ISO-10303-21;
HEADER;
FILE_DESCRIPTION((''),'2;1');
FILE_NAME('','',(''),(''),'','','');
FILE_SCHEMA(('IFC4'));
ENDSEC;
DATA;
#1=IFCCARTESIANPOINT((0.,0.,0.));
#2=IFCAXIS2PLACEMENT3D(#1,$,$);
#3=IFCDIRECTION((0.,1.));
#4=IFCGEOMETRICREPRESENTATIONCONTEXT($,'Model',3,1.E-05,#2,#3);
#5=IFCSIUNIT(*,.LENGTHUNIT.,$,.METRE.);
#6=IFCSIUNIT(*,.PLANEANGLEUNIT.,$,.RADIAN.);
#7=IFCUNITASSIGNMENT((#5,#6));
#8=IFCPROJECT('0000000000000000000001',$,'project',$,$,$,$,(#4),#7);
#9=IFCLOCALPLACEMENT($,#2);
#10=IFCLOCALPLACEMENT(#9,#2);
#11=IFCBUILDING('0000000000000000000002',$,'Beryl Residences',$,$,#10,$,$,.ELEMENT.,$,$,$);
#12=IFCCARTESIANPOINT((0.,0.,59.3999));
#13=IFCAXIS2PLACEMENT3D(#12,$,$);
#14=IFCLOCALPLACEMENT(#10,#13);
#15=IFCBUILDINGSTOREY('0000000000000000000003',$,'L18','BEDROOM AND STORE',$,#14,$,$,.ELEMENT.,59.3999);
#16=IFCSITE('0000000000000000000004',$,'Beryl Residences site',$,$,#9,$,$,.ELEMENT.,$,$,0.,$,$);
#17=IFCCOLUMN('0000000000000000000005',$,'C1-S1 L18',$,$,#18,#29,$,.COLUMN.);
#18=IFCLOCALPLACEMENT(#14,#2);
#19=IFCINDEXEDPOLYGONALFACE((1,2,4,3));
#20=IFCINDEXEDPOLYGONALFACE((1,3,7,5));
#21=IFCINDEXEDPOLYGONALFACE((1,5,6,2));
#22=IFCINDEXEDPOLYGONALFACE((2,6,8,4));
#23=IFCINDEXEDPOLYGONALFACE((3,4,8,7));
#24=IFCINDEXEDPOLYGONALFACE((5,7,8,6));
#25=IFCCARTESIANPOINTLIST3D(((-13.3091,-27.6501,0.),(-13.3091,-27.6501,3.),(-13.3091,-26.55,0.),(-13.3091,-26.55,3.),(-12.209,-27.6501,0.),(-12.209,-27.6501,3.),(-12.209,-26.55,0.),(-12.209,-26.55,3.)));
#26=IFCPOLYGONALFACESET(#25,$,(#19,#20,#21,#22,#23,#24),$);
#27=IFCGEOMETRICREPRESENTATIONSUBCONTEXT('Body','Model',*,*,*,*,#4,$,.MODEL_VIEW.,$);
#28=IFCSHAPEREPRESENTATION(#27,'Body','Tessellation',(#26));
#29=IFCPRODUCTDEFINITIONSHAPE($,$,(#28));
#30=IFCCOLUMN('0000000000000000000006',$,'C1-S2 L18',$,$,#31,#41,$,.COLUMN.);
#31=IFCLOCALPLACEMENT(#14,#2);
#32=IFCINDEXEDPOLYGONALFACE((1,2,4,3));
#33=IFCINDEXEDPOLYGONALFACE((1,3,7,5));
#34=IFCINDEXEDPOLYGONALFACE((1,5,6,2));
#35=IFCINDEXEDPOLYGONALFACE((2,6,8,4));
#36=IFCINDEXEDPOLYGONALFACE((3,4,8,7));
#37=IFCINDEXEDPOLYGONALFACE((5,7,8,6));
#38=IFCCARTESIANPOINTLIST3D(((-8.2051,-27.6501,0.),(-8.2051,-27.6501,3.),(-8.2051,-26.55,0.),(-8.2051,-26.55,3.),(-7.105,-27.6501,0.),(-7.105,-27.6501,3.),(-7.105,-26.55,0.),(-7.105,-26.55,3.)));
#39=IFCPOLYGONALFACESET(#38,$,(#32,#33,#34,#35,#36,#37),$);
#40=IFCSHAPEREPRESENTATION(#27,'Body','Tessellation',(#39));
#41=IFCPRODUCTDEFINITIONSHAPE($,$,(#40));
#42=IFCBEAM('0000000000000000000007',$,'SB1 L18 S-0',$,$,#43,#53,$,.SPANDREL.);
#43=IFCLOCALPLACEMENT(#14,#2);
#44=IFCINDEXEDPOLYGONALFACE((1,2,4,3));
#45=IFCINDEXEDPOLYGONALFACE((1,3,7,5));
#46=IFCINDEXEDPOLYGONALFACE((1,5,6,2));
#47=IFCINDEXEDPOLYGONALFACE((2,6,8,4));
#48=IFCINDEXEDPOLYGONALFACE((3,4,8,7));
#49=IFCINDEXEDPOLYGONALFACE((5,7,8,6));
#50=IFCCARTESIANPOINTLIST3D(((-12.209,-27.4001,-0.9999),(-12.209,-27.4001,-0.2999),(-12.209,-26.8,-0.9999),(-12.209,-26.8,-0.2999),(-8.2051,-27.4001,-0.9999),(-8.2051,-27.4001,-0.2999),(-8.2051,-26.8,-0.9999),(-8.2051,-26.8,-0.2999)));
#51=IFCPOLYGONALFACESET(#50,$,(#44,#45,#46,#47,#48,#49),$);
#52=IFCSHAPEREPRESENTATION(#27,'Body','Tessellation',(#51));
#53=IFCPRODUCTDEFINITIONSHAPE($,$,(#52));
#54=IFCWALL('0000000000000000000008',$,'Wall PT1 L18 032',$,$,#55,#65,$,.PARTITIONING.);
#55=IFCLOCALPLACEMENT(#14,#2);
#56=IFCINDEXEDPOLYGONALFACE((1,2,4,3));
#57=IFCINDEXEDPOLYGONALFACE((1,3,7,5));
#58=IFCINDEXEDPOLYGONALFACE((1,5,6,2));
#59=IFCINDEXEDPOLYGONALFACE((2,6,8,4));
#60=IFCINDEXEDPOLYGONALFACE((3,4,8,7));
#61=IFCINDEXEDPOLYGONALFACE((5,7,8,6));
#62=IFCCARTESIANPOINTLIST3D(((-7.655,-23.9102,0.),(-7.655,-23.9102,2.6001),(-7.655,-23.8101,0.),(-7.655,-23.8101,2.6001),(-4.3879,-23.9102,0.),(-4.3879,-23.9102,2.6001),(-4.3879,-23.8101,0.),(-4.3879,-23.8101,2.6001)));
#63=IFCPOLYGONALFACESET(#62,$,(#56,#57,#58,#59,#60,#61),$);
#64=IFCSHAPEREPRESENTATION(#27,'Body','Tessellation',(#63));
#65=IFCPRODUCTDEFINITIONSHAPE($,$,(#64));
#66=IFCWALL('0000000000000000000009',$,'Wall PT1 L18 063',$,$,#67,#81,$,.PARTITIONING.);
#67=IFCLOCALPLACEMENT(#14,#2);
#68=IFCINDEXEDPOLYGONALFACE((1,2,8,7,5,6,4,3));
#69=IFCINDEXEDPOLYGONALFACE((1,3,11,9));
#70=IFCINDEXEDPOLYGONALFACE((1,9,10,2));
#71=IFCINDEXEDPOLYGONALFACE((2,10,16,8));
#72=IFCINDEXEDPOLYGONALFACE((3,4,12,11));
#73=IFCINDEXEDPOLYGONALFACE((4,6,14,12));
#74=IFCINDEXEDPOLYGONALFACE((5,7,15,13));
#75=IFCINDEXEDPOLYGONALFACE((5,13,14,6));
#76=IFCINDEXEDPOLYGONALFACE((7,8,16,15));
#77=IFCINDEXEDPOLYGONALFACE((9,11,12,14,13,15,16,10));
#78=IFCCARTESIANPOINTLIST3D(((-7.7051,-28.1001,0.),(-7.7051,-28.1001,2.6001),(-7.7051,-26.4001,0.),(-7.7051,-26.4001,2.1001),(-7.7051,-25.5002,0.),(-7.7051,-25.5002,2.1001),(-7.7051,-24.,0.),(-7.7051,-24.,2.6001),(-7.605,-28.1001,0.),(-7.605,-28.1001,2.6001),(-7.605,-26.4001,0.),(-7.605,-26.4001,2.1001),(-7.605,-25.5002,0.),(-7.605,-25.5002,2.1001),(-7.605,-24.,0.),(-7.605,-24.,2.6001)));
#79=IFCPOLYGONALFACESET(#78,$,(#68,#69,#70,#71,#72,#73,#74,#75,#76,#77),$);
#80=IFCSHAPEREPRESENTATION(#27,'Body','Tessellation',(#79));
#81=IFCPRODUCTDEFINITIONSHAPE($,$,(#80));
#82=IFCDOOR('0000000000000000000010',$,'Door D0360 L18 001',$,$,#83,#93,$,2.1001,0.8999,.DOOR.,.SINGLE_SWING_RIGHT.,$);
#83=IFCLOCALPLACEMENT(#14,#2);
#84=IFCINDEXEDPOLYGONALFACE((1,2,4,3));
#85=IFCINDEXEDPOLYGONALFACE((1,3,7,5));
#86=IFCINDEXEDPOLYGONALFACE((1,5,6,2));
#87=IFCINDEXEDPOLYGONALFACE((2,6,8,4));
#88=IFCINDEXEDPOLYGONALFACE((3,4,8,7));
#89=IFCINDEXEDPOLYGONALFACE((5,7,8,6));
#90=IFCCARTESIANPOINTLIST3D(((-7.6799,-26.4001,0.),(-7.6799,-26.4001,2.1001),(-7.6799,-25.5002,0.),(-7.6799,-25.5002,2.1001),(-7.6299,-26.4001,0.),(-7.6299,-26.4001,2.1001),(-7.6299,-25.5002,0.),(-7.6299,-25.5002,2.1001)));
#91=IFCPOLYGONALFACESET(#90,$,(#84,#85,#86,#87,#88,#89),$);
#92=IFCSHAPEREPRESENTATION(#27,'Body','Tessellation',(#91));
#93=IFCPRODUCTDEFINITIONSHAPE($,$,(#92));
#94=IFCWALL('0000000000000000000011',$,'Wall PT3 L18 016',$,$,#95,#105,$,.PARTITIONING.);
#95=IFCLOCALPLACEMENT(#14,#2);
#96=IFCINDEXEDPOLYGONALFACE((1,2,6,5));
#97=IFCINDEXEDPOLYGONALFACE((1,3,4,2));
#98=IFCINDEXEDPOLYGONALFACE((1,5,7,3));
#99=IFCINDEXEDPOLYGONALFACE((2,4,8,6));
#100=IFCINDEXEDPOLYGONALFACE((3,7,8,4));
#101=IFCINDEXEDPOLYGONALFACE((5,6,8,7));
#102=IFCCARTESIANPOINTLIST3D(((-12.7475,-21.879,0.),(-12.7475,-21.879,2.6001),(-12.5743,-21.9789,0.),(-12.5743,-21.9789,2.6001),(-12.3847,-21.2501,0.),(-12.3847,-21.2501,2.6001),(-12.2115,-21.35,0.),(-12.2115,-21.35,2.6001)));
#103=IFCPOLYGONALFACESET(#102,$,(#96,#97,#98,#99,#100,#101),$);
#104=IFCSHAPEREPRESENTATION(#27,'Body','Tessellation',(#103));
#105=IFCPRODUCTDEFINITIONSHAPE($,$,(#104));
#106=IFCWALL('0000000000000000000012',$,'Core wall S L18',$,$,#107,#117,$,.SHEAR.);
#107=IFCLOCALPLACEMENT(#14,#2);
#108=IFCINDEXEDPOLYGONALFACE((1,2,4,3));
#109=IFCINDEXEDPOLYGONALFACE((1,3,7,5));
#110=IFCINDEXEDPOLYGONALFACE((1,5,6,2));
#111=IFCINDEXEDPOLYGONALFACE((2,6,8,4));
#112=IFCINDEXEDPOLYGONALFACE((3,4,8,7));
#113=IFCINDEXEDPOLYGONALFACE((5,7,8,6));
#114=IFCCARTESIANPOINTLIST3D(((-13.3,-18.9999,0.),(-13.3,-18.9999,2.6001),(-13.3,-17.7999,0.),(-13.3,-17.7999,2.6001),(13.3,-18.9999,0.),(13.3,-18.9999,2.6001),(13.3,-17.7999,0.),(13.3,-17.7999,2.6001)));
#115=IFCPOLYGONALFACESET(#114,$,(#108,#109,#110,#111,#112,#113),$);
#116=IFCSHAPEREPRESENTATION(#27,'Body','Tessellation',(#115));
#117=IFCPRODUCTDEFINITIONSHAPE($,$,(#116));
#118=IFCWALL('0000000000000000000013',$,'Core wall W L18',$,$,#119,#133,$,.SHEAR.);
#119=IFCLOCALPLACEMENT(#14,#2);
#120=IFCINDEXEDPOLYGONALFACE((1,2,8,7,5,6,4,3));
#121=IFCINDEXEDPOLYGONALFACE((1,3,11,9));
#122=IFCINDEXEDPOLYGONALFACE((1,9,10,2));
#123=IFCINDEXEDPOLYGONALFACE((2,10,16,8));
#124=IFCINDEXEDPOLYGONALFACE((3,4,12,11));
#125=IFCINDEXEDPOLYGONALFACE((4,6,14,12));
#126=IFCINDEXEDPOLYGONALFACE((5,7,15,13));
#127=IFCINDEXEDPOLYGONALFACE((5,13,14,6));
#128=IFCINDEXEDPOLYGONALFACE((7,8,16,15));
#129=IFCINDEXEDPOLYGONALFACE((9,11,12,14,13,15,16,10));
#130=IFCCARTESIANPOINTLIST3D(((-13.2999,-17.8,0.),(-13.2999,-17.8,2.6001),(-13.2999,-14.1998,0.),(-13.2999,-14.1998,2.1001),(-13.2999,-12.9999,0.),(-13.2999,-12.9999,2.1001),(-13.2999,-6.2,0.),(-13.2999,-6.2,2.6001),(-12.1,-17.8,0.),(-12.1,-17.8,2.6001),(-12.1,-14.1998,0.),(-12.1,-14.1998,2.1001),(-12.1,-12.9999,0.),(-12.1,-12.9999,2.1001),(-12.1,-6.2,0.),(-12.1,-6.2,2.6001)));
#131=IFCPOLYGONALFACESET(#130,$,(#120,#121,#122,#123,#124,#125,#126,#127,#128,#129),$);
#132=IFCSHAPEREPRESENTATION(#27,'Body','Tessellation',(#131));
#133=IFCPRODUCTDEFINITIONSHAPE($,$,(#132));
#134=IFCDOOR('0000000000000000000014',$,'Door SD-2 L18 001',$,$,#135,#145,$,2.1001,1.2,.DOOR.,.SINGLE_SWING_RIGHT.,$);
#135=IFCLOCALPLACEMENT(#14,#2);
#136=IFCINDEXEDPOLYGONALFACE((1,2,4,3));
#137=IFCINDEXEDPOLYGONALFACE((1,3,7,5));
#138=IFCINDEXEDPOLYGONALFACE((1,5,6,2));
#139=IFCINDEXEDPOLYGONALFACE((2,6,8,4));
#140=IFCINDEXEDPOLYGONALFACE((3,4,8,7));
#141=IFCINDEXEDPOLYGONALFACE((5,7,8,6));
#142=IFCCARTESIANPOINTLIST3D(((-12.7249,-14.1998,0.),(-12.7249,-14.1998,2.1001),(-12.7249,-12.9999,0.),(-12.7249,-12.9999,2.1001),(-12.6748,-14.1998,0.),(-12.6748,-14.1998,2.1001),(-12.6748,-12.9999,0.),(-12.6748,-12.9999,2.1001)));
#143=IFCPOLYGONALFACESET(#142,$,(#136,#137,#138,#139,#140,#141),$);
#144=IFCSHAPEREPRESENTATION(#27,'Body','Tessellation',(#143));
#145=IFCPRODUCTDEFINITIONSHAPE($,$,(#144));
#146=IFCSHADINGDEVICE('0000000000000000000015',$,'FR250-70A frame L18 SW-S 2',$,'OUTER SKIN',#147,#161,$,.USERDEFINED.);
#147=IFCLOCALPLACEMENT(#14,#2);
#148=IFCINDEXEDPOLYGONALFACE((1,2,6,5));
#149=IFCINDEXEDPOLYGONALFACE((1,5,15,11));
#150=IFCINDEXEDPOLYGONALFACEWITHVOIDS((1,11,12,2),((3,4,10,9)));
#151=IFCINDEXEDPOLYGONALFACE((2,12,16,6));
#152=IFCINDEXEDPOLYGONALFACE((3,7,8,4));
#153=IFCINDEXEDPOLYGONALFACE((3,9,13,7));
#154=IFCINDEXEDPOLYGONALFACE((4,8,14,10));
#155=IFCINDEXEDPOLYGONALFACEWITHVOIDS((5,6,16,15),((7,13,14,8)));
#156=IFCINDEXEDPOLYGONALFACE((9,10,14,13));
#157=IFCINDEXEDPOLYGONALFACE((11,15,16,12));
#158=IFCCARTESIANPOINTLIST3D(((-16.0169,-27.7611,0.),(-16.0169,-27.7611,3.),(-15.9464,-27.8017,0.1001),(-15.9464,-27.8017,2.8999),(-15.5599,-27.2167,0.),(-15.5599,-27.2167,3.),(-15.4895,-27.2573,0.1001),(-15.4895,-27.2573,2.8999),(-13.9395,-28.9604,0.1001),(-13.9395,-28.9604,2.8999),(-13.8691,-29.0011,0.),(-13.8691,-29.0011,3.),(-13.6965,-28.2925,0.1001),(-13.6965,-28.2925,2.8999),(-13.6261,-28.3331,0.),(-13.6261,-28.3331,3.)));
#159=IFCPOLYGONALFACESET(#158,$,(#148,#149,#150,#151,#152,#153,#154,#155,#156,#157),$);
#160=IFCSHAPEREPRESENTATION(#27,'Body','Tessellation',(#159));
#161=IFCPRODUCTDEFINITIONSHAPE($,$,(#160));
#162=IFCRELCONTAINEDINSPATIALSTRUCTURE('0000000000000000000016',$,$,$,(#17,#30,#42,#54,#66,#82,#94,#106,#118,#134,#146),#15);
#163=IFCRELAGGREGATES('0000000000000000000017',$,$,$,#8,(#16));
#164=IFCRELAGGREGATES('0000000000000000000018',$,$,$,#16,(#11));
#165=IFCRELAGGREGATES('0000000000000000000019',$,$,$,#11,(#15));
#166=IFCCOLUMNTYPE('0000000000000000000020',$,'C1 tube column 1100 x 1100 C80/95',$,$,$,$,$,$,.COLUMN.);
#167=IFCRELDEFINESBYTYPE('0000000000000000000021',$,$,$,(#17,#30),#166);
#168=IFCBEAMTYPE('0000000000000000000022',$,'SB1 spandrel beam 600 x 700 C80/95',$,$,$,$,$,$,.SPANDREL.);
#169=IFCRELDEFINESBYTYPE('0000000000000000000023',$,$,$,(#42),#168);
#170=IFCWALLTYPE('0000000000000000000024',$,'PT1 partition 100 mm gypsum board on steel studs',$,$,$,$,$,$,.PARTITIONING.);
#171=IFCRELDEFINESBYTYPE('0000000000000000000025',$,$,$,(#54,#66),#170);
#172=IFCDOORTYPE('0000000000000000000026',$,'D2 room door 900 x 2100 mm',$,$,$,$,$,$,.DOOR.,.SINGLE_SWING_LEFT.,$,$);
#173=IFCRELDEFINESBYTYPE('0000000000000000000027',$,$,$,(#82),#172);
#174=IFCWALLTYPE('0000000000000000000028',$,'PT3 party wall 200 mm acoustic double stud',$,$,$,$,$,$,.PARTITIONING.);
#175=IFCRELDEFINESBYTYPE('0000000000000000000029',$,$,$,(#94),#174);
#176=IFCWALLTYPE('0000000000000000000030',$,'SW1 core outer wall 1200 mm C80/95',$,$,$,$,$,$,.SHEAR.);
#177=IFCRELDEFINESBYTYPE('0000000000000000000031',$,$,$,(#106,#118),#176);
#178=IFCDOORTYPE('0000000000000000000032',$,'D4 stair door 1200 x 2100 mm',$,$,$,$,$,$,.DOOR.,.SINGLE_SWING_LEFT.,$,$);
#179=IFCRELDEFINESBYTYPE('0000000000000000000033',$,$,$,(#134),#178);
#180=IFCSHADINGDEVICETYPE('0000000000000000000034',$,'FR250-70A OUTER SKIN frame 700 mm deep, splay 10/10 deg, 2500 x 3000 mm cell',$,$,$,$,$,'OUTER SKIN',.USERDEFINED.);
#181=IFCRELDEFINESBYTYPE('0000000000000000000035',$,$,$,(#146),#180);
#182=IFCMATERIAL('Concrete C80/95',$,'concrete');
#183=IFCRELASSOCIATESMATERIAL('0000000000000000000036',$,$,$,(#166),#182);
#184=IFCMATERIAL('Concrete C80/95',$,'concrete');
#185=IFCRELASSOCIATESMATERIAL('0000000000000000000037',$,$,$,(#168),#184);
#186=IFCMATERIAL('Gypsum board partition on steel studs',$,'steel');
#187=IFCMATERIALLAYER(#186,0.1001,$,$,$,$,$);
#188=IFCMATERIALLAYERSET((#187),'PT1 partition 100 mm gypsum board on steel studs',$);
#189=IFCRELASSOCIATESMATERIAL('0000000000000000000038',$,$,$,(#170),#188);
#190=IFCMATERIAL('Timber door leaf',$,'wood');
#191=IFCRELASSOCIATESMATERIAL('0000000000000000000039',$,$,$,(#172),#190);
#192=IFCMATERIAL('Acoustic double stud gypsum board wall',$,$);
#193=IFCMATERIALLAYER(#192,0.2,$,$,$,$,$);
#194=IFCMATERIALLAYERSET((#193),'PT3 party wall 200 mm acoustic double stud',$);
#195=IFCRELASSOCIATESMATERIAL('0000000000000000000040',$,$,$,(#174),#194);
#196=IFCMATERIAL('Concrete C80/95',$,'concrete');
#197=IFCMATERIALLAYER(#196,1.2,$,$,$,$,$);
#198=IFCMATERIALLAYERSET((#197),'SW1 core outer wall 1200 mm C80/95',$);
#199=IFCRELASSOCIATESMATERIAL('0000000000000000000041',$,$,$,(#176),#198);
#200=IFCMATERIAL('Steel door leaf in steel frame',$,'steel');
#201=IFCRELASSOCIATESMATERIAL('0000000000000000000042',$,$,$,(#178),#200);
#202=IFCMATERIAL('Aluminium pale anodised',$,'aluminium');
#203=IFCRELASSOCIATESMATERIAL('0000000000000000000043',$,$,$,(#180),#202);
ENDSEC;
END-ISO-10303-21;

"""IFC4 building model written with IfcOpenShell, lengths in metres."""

from ifc_helpers import new_model, entity, si_unit, direction, frame, frame_2d, origin, origin_2d, place, context, subcontext, project, spatial, rectangle, extrude, source, transform, mapped, material, layer, layer_set, material_profile, profile_set, type_object, type_shapes, element, fill, save


model = new_model("IFC4")

# Units and contexts
model_context = context("Model", 3, precision=1e-05, world=origin(), true_north=direction((0.0, 1.0)))
body_context = subcontext(model_context, "Body", "Model", "MODEL_VIEW")
ifc_project = project(units=[si_unit("LENGTHUNIT", "METRE"), si_unit("PLANEANGLEUNIT", "RADIAN")], contexts=[model_context])

# Site, building, storey
site_placement = place(None, origin())
site = spatial("IfcSite", under=ifc_project, at=site_placement, Name="Beryl Residences site", CompositionType="ELEMENT", RefElevation=0.0)
building_placement = place(site_placement, origin())
building = spatial("IfcBuilding", under=site, at=building_placement, Name="Beryl Residences", CompositionType="ELEMENT")
storey_placement = place(building_placement, frame((0.0, 0.0, 59.3999)))
storey = spatial("IfcBuildingStorey", under=building, at=storey_placement, Name="L18", Description="BEDROOM AND STORE", CompositionType="ELEMENT", Elevation=59.3999)

# Columns
ifc_material_1 = material(Name="Concrete C80/95", Category="concrete")
ifc_material_profile_1 = material_profile(ifc_material_1, rectangle(XDim=1.1001, YDim=1.1001, at=origin_2d()))
ifc_profile_set_1 = profile_set([ifc_material_profile_1], Name="Concrete C80/95")
column_type = type_object("IfcColumnType", Name="C1 tube column 1100 x 1100 C80/95", PredefinedType="COLUMN", material=ifc_profile_set_1)
for number, where, z_axis, x_axis, name in (
    (1, (-12.759, -27.1001, 0.0), (0.0, 0.0, 1.0), (1.0, 0.0, 0.0), "C1-S1 L18"),
    (2, (-7.655, -27.1001, 0.0), (0.0, 0.0, 1.0), (1.0, 0.0, 0.0), "C1-S2 L18"),
):
    element("IfcColumn", number, at=place(storey_placement, frame(where, z_axis=z_axis, x_axis=x_axis)), inside=storey, type_object=column_type, Name=name, PredefinedType="COLUMN", context=body_context, shape_type="SweptSolid", body=[
        extrude(rectangle(XDim=1.1001, YDim=1.1001, at=origin_2d()), origin(), (0.0, 0.0, 1.0), 3.0),
    ])

# Beam
ifc_material_2 = material(Name="Concrete C80/95", Category="concrete")
ifc_material_profile_2 = material_profile(ifc_material_2, rectangle(XDim=0.6001, YDim=0.7, at=origin_2d()))
ifc_profile_set_2 = profile_set([ifc_material_profile_2], Name="Concrete C80/95")
beam_type = type_object("IfcBeamType", Name="SB1 spandrel beam 600 x 700 C80/95", PredefinedType="SPANDREL", material=ifc_profile_set_2)
beam_placement = place(storey_placement, frame((-12.209, -27.1001, -0.6499), z_axis=(1.0, 0.0, 0.0), x_axis=(0.0, 1.0, 0.0)))
element("IfcBeam", 3, at=beam_placement, inside=storey, type_object=beam_type, Name="SB1 L18 S-0", PredefinedType="SPANDREL", context=body_context, shape_type="SweptSolid", body=[
    extrude(rectangle(XDim=0.6001, YDim=0.7, at=origin_2d()), origin(), (0.0, 0.0, 1.0), 4.0039),
])

# Wall
ifc_material_3 = material(Name="Gypsum board partition on steel studs", Category="steel")
ifc_layer_1 = layer(ifc_material_3, 0.1001)
ifc_layer_set_1 = layer_set([ifc_layer_1], Name="PT1 partition 100 mm gypsum board on steel studs")
wall_type_1 = type_object("IfcWallType", Name="PT1 partition 100 mm gypsum board on steel studs", PredefinedType="PARTITIONING", material=ifc_layer_set_1)
wall_1_placement = place(storey_placement, frame((-7.655, -23.8601, 0.0), z_axis=(0.0, 0.0, 1.0), x_axis=(1.0, 0.0, 0.0)))
element("IfcWall", 4, at=wall_1_placement, inside=storey, type_object=wall_type_1, Name="Wall PT1 L18 032", PredefinedType="PARTITIONING", context=body_context, shape_type="SweptSolid", body=[
    extrude(rectangle(XDim=3.2671, YDim=0.1001, at=frame_2d((1.6335, 0.0))), origin(), (0.0, 0.0, 1.0), 2.6001),
])

# Wall, opening, door
wall_2_placement = place(storey_placement, frame((-7.655, -28.1001, 0.0), z_axis=(0.0, 0.0, 1.0), x_axis=(0.0, 1.0, 0.0)))
wall_2 = element("IfcWall", 5, at=wall_2_placement, inside=storey, type_object=wall_type_1, Name="Wall PT1 L18 063", PredefinedType="PARTITIONING", context=body_context, shape_type="SweptSolid", body=[
    extrude(rectangle(XDim=4.1001, YDim=0.1001, at=frame_2d((2.05, 0.0))), origin(), (0.0, 0.0, 1.0), 2.6001),
])
opening_1_placement = place(wall_2_placement, frame((1.7, 0.0, 0.0)))
opening_1 = element("IfcOpeningElement", 6, at=opening_1_placement, cuts=wall_2, PredefinedType="OPENING", context=body_context, shape_type="SweptSolid", body=[
    extrude(rectangle(XDim=0.8999, YDim=2.1001, at=frame_2d((0.45, 1.05))), frame((0.0, 0.0601, 0.0), z_axis=(0.0, -1.0, 0.0), x_axis=(1.0, 0.0, 0.0)), (0.0, 0.0, 1.0), 0.1201),
])
ifc_material_4 = material(Name="Timber door leaf", Category="wood")
door_type_1 = type_object("IfcDoorType", Name="D2 room door 900 x 2100 mm", OperationType="SINGLE_SWING_LEFT", PredefinedType="DOOR", material=ifc_material_4)
door_1_placement = place(opening_1_placement, origin())
door_1 = element("IfcDoor", 7, at=door_1_placement, inside=storey, type_object=door_type_1, Name="Door D0360 L18 001", OperationType="SINGLE_SWING_RIGHT", OverallHeight=2.1001, OverallWidth=0.8999, PredefinedType="DOOR", context=body_context, shape_type="SweptSolid", body=[
    extrude(rectangle(XDim=0.8999, YDim=2.1001, at=frame_2d((0.45, 1.05))), frame((0.0, 0.0249, 0.0), z_axis=(0.0, -1.0, 0.0), x_axis=(1.0, 0.0, 0.0)), (0.0, 0.0, 1.0), 0.05),
])
fill(opening_1, door_1)

# Walls
ifc_material_5 = material(Name="Acoustic double stud gypsum board wall")
ifc_layer_2 = layer(ifc_material_5, 0.2)
ifc_layer_set_2 = layer_set([ifc_layer_2], Name="PT3 party wall 200 mm acoustic double stud")
wall_type_2 = type_object("IfcWallType", Name="PT3 party wall 200 mm acoustic double stud", PredefinedType="PARTITIONING", material=ifc_layer_set_2)
wall_3_placement = place(storey_placement, frame((-12.6609, -21.929, 0.0), z_axis=(0.0, 0.0, 1.0), x_axis=(0.499684, 0.866208, 0.0)))
element("IfcWall", 8, at=wall_3_placement, inside=storey, type_object=wall_type_2, Name="Wall PT3 L18 016", PredefinedType="PARTITIONING", context=body_context, shape_type="SweptSolid", body=[
    extrude(rectangle(XDim=0.7261, YDim=0.2, at=frame_2d((0.363, 0.0))), origin(), (0.0, 0.0, 1.0), 2.6001),
])
ifc_material_6 = material(Name="Concrete C80/95", Category="concrete")
ifc_layer_3 = layer(ifc_material_6, 1.2)
ifc_layer_set_3 = layer_set([ifc_layer_3], Name="SW1 core outer wall 1200 mm C80/95")
wall_type_3 = type_object("IfcWallType", Name="SW1 core outer wall 1200 mm C80/95", PredefinedType="SHEAR", material=ifc_layer_set_3)
wall_4_placement = place(storey_placement, frame((-13.3, -18.3999, 0.0), z_axis=(0.0, 0.0, 1.0), x_axis=(1.0, 0.0, 0.0)))
element("IfcWall", 9, at=wall_4_placement, inside=storey, type_object=wall_type_3, Name="Core wall S L18", PredefinedType="SHEAR", context=body_context, shape_type="SweptSolid", body=[
    extrude(rectangle(XDim=26.6001, YDim=1.2, at=frame_2d((13.3, 0.0))), origin(), (0.0, 0.0, 1.0), 2.6001),
])

# Wall, opening, door
wall_5_placement = place(storey_placement, frame((-12.7, -17.8, 0.0), z_axis=(0.0, 0.0, 1.0), x_axis=(0.0, 1.0, 0.0)))
wall_5 = element("IfcWall", 10, at=wall_5_placement, inside=storey, type_object=wall_type_3, Name="Core wall W L18", PredefinedType="SHEAR", context=body_context, shape_type="SweptSolid", body=[
    extrude(rectangle(XDim=11.6001, YDim=1.2, at=frame_2d((5.8, 0.0))), origin(), (0.0, 0.0, 1.0), 2.6001),
])
opening_2_placement = place(wall_5_placement, frame((3.6001, 0.0, 0.0)))
opening_2 = element("IfcOpeningElement", 11, at=opening_2_placement, cuts=wall_5, PredefinedType="OPENING", context=body_context, shape_type="SweptSolid", body=[
    extrude(rectangle(XDim=1.2, YDim=2.1001, at=frame_2d((0.6001, 1.05))), frame((0.0, 0.6099, 0.0), z_axis=(0.0, -1.0, 0.0), x_axis=(1.0, 0.0, 0.0)), (0.0, 0.0, 1.0), 1.22),
])
ifc_material_7 = material(Name="Steel door leaf in steel frame", Category="steel")
door_type_2 = type_object("IfcDoorType", Name="D4 stair door 1200 x 2100 mm", OperationType="SINGLE_SWING_LEFT", PredefinedType="DOOR", material=ifc_material_7)
door_2_placement = place(opening_2_placement, origin())
door_2 = element("IfcDoor", 12, at=door_2_placement, inside=storey, type_object=door_type_2, Name="Door SD-2 L18 001", OperationType="SINGLE_SWING_RIGHT", OverallHeight=2.1001, OverallWidth=1.2, PredefinedType="DOOR", context=body_context, shape_type="SweptSolid", body=[
    extrude(rectangle(XDim=1.2, YDim=2.1001, at=frame_2d((0.6001, 1.05))), frame((0.0, 0.0249, 0.0), z_axis=(0.0, -1.0, 0.0), x_axis=(1.0, 0.0, 0.0)), (0.0, 0.0, 1.0), 0.05),
])
fill(opening_2, door_2)

# Shading device
ifc_material_8 = material(Name="Aluminium pale anodised", Category="aluminium")
shading_device_type_1 = type_object("IfcShadingDeviceType", Name="FR250-70A OUTER SKIN frame 700 mm deep, splay 10/10 deg, 2500 x 3000 mm cell", ElementType="OUTER SKIN", PredefinedType="USERDEFINED", material=ifc_material_8)
cartesian_point_1 = entity("IfcCartesianPoint", [-1.1165, 0.0])
cartesian_point_2 = entity("IfcCartesianPoint", [-1.0352, 0.1001])
cartesian_point_3 = entity("IfcCartesianPoint", [-1.24, 0.0])
cartesian_point_4 = entity("IfcCartesianPoint", [-1.1587, 0.1001])
shared_shape_1 = source(origin(), body_context, "Body", "SweptSolid", [
    entity("IfcExtrudedAreaSolidTapered", entity("IfcArbitraryProfileDefWithVoids", "AREA", None, entity("IfcPolyline", [cartesian_point_1, entity("IfcCartesianPoint", [1.1165, 0.0]), entity("IfcCartesianPoint", [1.1165, 3.0]), entity("IfcCartesianPoint", [-1.1165, 3.0]), cartesian_point_1]), [entity("IfcPolyline", [cartesian_point_2, entity("IfcCartesianPoint", [1.0352, 0.1001]), entity("IfcCartesianPoint", [1.0352, 2.8999]), entity("IfcCartesianPoint", [-1.0352, 2.8999]), cartesian_point_2])]), entity("IfcAxis2Placement3D", entity("IfcCartesianPoint", [0.0, 0.0, 0.0]), entity("IfcDirection", [0.0, 1.0, 0.0]), entity("IfcDirection", [-1.0, 0.0, 0.0])), entity("IfcDirection", [0.0, 0.0, 1.0]), 0.7, entity("IfcArbitraryProfileDefWithVoids", "AREA", None, entity("IfcPolyline", [cartesian_point_3, entity("IfcCartesianPoint", [1.24, 0.0]), entity("IfcCartesianPoint", [1.24, 3.0]), entity("IfcCartesianPoint", [-1.24, 3.0]), cartesian_point_3]), [entity("IfcPolyline", [cartesian_point_4, entity("IfcCartesianPoint", [1.1587, 0.1001]), entity("IfcCartesianPoint", [1.1587, 2.8999]), entity("IfcCartesianPoint", [-1.1587, 2.8999]), cartesian_point_4])])),
])
type_shapes(shading_device_type_1, [shared_shape_1])
shading_device_placement = place(storey_placement, frame((-14.593, -27.7749, 0.0), z_axis=(0.0, 0.0, 1.0), x_axis=(-0.866025, 0.5, 0.0)))
element("IfcShadingDevice", 13, at=shading_device_placement, inside=storey, type_object=shading_device_type_1, Name="FR250-70A frame L18 SW-S 2", ObjectType="OUTER SKIN", PredefinedType="USERDEFINED", context=body_context, shape_type="MappedRepresentation", body=[
    mapped(shared_shape_1, transform((0.0, 0.0, 0.0))),
])

save(model, "model.ifc")
